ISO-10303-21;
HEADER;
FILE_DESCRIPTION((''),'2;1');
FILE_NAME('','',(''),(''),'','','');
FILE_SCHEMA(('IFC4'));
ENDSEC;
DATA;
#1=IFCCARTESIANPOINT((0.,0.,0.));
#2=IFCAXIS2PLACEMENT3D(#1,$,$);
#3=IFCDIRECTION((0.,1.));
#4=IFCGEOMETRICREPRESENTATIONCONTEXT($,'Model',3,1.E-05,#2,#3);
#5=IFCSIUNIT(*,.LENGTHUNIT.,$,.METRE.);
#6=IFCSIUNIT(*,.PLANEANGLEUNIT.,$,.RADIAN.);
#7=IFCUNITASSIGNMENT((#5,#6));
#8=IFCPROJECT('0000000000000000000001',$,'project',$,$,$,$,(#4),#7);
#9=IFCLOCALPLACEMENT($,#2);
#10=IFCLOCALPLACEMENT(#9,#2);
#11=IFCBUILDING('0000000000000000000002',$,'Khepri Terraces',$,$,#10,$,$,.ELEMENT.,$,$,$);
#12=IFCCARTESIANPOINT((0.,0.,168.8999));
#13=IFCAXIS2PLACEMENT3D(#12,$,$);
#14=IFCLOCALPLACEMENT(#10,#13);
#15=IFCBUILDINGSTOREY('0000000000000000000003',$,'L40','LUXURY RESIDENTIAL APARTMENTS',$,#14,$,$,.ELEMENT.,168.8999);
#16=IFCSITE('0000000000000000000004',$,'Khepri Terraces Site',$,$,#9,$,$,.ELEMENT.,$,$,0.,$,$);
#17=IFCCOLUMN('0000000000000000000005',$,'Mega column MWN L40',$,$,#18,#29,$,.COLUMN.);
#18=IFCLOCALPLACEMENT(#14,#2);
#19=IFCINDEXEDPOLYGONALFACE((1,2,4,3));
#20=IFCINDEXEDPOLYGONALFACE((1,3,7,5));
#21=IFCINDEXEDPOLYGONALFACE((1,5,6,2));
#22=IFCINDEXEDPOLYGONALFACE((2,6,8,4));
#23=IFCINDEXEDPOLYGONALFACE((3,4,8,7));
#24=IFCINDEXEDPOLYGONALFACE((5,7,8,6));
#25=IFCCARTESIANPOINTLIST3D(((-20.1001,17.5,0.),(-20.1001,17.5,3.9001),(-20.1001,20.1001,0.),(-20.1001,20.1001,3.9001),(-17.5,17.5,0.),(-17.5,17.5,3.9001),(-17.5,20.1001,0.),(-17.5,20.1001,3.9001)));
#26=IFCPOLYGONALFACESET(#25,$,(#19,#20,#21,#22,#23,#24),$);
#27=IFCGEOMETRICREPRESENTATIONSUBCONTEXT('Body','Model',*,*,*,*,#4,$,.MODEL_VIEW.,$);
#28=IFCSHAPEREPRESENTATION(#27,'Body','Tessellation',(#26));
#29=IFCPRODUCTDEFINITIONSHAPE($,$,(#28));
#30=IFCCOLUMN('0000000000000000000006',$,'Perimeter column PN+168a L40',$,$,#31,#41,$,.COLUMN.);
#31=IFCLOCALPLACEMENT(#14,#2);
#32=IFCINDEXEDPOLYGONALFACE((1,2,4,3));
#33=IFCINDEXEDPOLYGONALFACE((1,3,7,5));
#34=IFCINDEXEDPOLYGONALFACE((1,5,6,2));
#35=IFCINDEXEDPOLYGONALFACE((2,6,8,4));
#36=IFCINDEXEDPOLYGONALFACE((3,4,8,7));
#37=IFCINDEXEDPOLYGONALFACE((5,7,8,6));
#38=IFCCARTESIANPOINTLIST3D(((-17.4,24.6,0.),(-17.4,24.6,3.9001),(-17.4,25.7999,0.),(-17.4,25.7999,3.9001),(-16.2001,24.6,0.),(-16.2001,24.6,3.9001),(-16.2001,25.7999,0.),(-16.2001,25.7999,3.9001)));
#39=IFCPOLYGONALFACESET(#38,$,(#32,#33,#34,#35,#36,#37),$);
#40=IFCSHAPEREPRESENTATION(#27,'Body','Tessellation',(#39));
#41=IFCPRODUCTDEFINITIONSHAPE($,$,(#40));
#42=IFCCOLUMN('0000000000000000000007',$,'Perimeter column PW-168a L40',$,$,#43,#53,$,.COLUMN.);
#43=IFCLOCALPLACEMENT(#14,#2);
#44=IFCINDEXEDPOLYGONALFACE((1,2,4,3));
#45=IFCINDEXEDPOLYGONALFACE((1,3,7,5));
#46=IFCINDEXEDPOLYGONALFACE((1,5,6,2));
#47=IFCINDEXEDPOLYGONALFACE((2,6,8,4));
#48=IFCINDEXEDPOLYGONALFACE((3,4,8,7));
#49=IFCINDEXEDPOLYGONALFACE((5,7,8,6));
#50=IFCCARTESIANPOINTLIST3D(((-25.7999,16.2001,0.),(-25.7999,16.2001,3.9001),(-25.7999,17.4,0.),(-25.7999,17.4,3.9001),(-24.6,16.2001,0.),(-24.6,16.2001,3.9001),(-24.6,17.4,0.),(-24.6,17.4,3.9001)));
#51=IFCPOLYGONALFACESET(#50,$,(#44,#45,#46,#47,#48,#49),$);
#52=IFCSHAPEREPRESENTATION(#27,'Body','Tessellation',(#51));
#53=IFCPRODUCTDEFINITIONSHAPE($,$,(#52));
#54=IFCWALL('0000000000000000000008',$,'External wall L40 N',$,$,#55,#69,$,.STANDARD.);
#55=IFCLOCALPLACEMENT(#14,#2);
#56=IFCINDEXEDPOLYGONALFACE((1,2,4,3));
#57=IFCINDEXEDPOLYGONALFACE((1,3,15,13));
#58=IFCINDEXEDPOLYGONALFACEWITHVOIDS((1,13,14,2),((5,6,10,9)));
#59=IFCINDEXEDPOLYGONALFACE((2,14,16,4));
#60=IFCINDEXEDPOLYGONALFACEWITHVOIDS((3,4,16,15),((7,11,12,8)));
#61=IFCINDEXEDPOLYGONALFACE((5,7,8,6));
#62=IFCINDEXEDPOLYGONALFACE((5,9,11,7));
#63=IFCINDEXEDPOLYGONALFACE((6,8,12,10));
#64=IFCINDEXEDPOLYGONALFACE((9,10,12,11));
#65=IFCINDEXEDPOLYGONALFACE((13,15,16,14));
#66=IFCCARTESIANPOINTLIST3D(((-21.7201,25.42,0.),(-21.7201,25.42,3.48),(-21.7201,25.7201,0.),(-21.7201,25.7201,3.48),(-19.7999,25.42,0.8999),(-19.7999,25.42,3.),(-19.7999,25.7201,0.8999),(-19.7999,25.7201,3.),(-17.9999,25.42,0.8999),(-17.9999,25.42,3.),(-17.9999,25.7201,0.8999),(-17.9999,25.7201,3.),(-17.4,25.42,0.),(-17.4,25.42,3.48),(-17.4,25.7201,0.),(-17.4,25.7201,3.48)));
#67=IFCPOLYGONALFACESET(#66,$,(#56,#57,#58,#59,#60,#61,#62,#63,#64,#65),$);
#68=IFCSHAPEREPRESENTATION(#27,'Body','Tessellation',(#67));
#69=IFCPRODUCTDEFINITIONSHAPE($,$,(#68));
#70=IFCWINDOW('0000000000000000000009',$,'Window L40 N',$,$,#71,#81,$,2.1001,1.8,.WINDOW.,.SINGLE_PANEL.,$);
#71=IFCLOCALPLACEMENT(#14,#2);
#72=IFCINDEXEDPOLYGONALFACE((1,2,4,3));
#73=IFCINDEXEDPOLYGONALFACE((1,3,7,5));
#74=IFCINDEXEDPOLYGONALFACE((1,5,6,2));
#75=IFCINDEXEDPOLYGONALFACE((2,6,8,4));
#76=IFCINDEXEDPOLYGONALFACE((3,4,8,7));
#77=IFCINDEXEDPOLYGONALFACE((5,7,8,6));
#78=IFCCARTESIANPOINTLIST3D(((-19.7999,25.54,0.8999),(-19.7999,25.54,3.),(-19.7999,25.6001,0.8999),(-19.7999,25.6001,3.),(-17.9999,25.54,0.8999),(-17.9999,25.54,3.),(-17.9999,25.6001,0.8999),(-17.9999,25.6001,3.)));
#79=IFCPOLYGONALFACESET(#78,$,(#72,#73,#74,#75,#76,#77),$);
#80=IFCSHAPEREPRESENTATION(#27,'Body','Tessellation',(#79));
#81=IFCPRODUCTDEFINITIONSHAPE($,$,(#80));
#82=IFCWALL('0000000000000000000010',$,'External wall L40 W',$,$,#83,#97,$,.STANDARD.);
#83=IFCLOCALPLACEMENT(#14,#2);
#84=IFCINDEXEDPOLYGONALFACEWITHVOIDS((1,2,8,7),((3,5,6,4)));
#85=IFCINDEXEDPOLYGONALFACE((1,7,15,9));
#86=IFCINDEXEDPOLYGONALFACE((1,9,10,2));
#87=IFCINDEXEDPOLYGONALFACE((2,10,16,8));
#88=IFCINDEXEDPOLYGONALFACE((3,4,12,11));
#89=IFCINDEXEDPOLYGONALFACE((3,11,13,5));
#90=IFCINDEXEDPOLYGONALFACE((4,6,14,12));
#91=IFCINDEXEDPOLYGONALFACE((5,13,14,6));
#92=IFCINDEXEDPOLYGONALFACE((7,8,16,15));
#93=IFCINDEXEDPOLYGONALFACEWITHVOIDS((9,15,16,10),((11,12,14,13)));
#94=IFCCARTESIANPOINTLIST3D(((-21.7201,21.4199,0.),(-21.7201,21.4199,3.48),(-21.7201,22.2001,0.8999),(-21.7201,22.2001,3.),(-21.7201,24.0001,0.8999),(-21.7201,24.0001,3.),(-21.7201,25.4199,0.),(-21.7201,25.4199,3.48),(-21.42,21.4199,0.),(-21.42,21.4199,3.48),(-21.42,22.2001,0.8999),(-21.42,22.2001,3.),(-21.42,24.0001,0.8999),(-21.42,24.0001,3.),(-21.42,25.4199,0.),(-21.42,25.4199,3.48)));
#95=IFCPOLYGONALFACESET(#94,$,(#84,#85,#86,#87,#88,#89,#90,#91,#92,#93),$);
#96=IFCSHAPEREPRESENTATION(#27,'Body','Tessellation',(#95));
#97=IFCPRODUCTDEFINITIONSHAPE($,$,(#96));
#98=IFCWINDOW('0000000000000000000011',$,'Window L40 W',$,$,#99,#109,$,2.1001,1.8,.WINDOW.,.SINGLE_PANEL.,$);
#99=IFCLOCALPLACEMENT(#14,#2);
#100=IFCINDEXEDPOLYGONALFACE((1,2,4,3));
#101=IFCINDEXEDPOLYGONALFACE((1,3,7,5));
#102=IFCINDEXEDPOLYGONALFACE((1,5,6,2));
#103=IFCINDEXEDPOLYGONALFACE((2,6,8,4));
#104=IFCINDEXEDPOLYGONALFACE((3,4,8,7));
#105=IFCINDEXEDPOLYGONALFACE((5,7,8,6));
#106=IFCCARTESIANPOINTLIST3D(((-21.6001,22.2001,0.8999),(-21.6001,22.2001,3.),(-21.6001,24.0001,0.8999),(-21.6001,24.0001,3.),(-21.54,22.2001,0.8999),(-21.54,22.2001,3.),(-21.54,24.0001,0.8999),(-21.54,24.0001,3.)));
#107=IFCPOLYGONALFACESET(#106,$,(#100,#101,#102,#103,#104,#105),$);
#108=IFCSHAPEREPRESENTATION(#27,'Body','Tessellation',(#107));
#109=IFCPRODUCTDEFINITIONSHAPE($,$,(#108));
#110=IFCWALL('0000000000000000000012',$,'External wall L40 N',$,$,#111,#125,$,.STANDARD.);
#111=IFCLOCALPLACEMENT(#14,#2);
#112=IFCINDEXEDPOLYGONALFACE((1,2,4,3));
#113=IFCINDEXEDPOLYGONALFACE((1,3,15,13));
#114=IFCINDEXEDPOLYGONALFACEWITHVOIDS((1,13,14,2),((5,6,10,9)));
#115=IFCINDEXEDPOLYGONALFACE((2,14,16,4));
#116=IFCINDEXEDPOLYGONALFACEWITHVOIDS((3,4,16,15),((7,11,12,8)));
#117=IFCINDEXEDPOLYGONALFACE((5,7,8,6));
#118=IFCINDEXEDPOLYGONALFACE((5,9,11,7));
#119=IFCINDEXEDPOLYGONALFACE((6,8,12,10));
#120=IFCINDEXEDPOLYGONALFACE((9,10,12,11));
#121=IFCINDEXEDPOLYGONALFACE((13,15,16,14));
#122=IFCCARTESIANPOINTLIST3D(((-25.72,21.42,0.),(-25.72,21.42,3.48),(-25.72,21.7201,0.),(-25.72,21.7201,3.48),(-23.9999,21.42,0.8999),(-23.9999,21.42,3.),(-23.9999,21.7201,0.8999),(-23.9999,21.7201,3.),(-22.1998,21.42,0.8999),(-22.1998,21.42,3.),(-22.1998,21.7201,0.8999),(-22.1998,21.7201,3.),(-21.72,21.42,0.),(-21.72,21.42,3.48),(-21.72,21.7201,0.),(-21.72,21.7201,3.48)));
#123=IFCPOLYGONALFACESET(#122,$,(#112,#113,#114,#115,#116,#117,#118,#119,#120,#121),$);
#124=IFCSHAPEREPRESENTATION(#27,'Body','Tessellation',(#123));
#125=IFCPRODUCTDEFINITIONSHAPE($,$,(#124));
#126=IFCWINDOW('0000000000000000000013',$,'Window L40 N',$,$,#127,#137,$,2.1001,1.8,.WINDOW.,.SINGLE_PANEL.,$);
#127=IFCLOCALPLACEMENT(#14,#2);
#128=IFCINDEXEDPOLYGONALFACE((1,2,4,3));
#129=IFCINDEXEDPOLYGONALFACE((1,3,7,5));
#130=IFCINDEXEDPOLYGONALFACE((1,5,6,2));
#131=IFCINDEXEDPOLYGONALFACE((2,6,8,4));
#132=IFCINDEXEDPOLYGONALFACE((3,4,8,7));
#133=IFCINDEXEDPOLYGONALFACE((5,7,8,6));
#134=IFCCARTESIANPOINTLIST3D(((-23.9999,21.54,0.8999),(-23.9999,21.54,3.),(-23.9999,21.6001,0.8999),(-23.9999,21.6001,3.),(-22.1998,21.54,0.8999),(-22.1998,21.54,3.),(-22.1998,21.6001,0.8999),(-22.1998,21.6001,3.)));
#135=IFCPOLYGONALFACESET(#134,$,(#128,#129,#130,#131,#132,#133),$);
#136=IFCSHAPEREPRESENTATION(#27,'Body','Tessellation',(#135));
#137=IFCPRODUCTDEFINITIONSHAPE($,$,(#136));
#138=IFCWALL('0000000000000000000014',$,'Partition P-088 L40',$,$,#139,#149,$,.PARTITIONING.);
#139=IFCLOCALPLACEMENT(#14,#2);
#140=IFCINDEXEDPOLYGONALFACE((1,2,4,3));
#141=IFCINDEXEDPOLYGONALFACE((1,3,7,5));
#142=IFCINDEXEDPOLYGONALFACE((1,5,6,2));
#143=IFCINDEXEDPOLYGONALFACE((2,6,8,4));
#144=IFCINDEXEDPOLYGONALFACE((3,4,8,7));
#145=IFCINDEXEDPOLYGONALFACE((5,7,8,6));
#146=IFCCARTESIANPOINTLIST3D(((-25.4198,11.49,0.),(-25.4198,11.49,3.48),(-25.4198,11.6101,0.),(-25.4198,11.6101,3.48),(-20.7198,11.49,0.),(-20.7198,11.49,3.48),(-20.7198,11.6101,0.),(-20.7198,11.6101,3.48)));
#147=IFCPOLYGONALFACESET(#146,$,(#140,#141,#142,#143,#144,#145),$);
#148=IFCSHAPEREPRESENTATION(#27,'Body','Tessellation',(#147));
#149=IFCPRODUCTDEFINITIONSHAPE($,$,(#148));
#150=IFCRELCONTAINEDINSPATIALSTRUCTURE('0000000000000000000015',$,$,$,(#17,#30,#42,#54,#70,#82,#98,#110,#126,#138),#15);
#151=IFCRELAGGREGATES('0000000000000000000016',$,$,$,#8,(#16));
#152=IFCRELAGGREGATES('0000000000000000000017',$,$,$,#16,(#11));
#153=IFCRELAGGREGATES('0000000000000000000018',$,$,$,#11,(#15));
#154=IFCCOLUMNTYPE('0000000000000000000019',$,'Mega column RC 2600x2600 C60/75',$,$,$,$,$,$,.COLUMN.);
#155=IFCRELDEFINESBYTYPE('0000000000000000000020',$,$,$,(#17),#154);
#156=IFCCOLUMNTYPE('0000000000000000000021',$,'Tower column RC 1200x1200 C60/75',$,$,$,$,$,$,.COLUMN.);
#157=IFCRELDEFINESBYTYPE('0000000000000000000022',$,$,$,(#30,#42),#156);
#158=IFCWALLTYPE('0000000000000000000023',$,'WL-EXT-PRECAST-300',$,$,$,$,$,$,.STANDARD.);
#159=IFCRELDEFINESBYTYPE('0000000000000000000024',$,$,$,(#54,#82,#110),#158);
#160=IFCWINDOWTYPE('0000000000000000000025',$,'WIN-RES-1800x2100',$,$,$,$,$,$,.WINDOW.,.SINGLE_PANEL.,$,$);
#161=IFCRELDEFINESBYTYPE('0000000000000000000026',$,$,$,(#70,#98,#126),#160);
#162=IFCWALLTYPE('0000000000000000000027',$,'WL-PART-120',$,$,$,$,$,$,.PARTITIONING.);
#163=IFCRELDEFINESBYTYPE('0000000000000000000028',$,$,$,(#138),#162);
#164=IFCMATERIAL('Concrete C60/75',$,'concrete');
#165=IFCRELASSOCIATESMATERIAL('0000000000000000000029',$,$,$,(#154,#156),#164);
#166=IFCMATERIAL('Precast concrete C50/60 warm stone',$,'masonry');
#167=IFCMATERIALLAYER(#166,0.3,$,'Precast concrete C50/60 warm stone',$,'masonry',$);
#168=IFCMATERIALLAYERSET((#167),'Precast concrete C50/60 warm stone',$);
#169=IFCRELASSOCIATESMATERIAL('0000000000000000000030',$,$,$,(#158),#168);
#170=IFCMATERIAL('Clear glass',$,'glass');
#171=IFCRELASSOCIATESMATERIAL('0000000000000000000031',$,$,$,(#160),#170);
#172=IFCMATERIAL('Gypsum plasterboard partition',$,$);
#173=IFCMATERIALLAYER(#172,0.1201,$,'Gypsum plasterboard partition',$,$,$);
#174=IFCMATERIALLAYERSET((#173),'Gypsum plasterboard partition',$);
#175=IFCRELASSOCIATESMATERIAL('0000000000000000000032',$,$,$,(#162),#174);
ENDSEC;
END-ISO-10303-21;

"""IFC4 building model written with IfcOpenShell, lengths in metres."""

from ifc_helpers import new_model, si_unit, direction, frame, frame_2d, origin, origin_2d, place, context, subcontext, project, spatial, rectangle, extrude, material, layer, layer_set, material_profile, profile_set, type_object, element, fill, save


model = new_model("IFC4")

# Units and contexts
model_context = context("Model", 3, precision=1e-05, world=origin(), true_north=direction((0.0, 1.0)))
body_context = subcontext(model_context, "Body", "Model", "MODEL_VIEW")
ifc_project = project(units=[si_unit("LENGTHUNIT", "METRE"), si_unit("PLANEANGLEUNIT", "RADIAN")], contexts=[model_context])

# Site, building, storey
site_placement = place(None, origin())
site = spatial("IfcSite", under=ifc_project, at=site_placement, Name="Khepri Terraces Site", CompositionType="ELEMENT", RefElevation=0.0)
building_placement = place(site_placement, origin())
building = spatial("IfcBuilding", under=site, at=building_placement, Name="Khepri Terraces", CompositionType="ELEMENT")
storey_placement = place(building_placement, frame((0.0, 0.0, 168.8999)))
storey = spatial("IfcBuildingStorey", under=building, at=storey_placement, Name="L40", Description="LUXURY RESIDENTIAL APARTMENTS", CompositionType="ELEMENT", Elevation=168.8999)

# Columns
ifc_material_1 = material(Name="Concrete C60/75", Category="concrete")
ifc_material_profile_1 = material_profile(ifc_material_1, rectangle(XDim=2.6001, YDim=2.6001, at=origin_2d()), Name="Concrete C60/75", Category="concrete")
ifc_profile_set_1 = profile_set([ifc_material_profile_1], Name="Concrete C60/75")
column_type_1 = type_object("IfcColumnType", Name="Mega column RC 2600x2600 C60/75", PredefinedType="COLUMN", material=ifc_profile_set_1)
column_placement = place(storey_placement, frame((-18.8, 18.8, 0.0), z_axis=(0.0, 0.0, 1.0), x_axis=(1.0, 0.0, 0.0)))
element("IfcColumn", 1, at=column_placement, inside=storey, type_object=column_type_1, Name="Mega column MWN L40", PredefinedType="COLUMN", context=body_context, shape_type="SweptSolid", body=[
    extrude(rectangle(XDim=2.6001, YDim=2.6001, at=origin_2d()), origin(), (0.0, 0.0, 1.0), 3.9001),
])
ifc_material_profile_2 = material_profile(ifc_material_1, rectangle(XDim=1.2, YDim=1.2, at=origin_2d()), Name="Concrete C60/75", Category="concrete")
ifc_profile_set_2 = profile_set([ifc_material_profile_2], Name="Concrete C60/75")
column_type_2 = type_object("IfcColumnType", Name="Tower column RC 1200x1200 C60/75", PredefinedType="COLUMN", material=ifc_profile_set_2)
for number, where, z_axis, x_axis, name in (
    (2, (-16.8, 25.2, 0.0), (0.0, 0.0, 1.0), (1.0, 0.0, 0.0), "Perimeter column PN+168a L40"),
    (3, (-25.2, 16.8, 0.0), (0.0, 0.0, 1.0), (1.0, 0.0, 0.0), "Perimeter column PW-168a L40"),
):
    element("IfcColumn", number, at=place(storey_placement, frame(where, z_axis=z_axis, x_axis=x_axis)), inside=storey, type_object=column_type_2, Name=name, PredefinedType="COLUMN", context=body_context, shape_type="SweptSolid", body=[
        extrude(rectangle(XDim=1.2, YDim=1.2, at=origin_2d()), origin(), (0.0, 0.0, 1.0), 3.9001),
    ])

# Walls, openings, windows
ifc_material_2 = material(Name="Precast concrete C50/60 warm stone", Category="masonry")
ifc_layer_1 = layer(ifc_material_2, 0.3, Name="Precast concrete C50/60 warm stone", Category="masonry")
ifc_layer_set_1 = layer_set([ifc_layer_1], Name="Precast concrete C50/60 warm stone")
wall_type_1 = type_object("IfcWallType", Name="WL-EXT-PRECAST-300", PredefinedType="STANDARD", material=ifc_layer_set_1)
wall_1_placement = place(storey_placement, frame((-17.3999, 25.5701, 0.0), z_axis=(0.0, 0.0, 1.0), x_axis=(-1.0, 0.0, 0.0)))
wall_1 = element("IfcWall", 4, at=wall_1_placement, inside=storey, type_object=wall_type_1, Name="External wall L40 N", PredefinedType="STANDARD", context=body_context, shape_type="SweptSolid", body=[
    extrude(rectangle(XDim=4.3201, YDim=0.3, at=frame_2d((2.1602, 0.0))), origin(), (0.0, 0.0, 1.0), 3.48),
])
opening_1_placement = place(wall_1_placement, frame((0.6001, 0.0, 0.8999)))
opening_1 = element("IfcOpeningElement", 5, at=opening_1_placement, cuts=wall_1, PredefinedType="OPENING", context=body_context, shape_type="SweptSolid", body=[
    extrude(rectangle(XDim=1.8, YDim=2.1001, at=frame_2d((0.8999, 1.05))), frame((0.0, 0.1602, 0.0), z_axis=(0.0, -1.0, 0.0), x_axis=(1.0, 0.0, 0.0)), (0.0, 0.0, 1.0), 0.3201),
])
ifc_material_3 = material(Name="Clear glass", Category="glass")
window_type = type_object("IfcWindowType", Name="WIN-RES-1800x2100", PartitioningType="SINGLE_PANEL", PredefinedType="WINDOW", material=ifc_material_3)
window_1_placement = place(opening_1_placement, origin())
window_1 = element("IfcWindow", 6, at=window_1_placement, inside=storey, type_object=window_type, Name="Window L40 N", OverallHeight=2.1001, OverallWidth=1.8, PartitioningType="SINGLE_PANEL", PredefinedType="WINDOW", context=body_context, shape_type="SweptSolid", body=[
    extrude(rectangle(XDim=1.8, YDim=2.1001, at=frame_2d((0.8999, 1.05))), frame((0.0, 0.03, 0.0), z_axis=(0.0, -1.0, 0.0), x_axis=(1.0, 0.0, 0.0)), (0.0, 0.0, 1.0), 0.0601),
])
fill(opening_1, window_1)
wall_2_placement = place(storey_placement, frame((-21.5701, 25.4199, 0.0), z_axis=(0.0, 0.0, 1.0), x_axis=(0.0, -1.0, 0.0)))
wall_2 = element("IfcWall", 7, at=wall_2_placement, inside=storey, type_object=wall_type_1, Name="External wall L40 W", PredefinedType="STANDARD", context=body_context, shape_type="SweptSolid", body=[
    extrude(rectangle(XDim=4.0, YDim=0.3, at=frame_2d((2.0, 0.0))), origin(), (0.0, 0.0, 1.0), 3.48),
])
opening_2_placement = place(wall_2_placement, frame((1.4199, 0.0, 0.8999)))
opening_2 = element("IfcOpeningElement", 8, at=opening_2_placement, cuts=wall_2, PredefinedType="OPENING", context=body_context, shape_type="SweptSolid", body=[
    extrude(rectangle(XDim=1.8, YDim=2.1001, at=frame_2d((0.8999, 1.05))), frame((0.0, 0.1602, 0.0), z_axis=(0.0, -1.0, 0.0), x_axis=(1.0, 0.0, 0.0)), (0.0, 0.0, 1.0), 0.3201),
])
window_2_placement = place(opening_2_placement, origin())
window_2 = element("IfcWindow", 9, at=window_2_placement, inside=storey, type_object=window_type, Name="Window L40 W", OverallHeight=2.1001, OverallWidth=1.8, PartitioningType="SINGLE_PANEL", PredefinedType="WINDOW", context=body_context, shape_type="SweptSolid", body=[
    extrude(rectangle(XDim=1.8, YDim=2.1001, at=frame_2d((0.8999, 1.05))), frame((0.0, 0.03, 0.0), z_axis=(0.0, -1.0, 0.0), x_axis=(1.0, 0.0, 0.0)), (0.0, 0.0, 1.0), 0.0601),
])
fill(opening_2, window_2)
wall_3_placement = place(storey_placement, frame((-21.72, 21.5701, 0.0), z_axis=(0.0, 0.0, 1.0), x_axis=(-1.0, 0.0, 0.0)))
wall_3 = element("IfcWall", 10, at=wall_3_placement, inside=storey, type_object=wall_type_1, Name="External wall L40 N", PredefinedType="STANDARD", context=body_context, shape_type="SweptSolid", body=[
    extrude(rectangle(XDim=4.0, YDim=0.3, at=frame_2d((2.0, 0.0))), origin(), (0.0, 0.0, 1.0), 3.48),
])
opening_3_placement = place(wall_3_placement, frame((0.48, 0.0, 0.8999)))
opening_3 = element("IfcOpeningElement", 11, at=opening_3_placement, cuts=wall_3, PredefinedType="OPENING", context=body_context, shape_type="SweptSolid", body=[
    extrude(rectangle(XDim=1.8, YDim=2.1001, at=frame_2d((0.8999, 1.05))), frame((0.0, 0.1602, 0.0), z_axis=(0.0, -1.0, 0.0), x_axis=(1.0, 0.0, 0.0)), (0.0, 0.0, 1.0), 0.3201),
])
window_3_placement = place(opening_3_placement, origin())
window_3 = element("IfcWindow", 12, at=window_3_placement, inside=storey, type_object=window_type, Name="Window L40 N", OverallHeight=2.1001, OverallWidth=1.8, PartitioningType="SINGLE_PANEL", PredefinedType="WINDOW", context=body_context, shape_type="SweptSolid", body=[
    extrude(rectangle(XDim=1.8, YDim=2.1001, at=frame_2d((0.8999, 1.05))), frame((0.0, 0.03, 0.0), z_axis=(0.0, -1.0, 0.0), x_axis=(1.0, 0.0, 0.0)), (0.0, 0.0, 1.0), 0.0601),
])
fill(opening_3, window_3)

# Wall
ifc_material_4 = material(Name="Gypsum plasterboard partition")
ifc_layer_2 = layer(ifc_material_4, 0.1201, Name="Gypsum plasterboard partition")
ifc_layer_set_2 = layer_set([ifc_layer_2], Name="Gypsum plasterboard partition")
wall_type_2 = type_object("IfcWallType", Name="WL-PART-120", PredefinedType="PARTITIONING", material=ifc_layer_set_2)
wall_4_placement = place(storey_placement, frame((-25.4199, 11.55, 0.0), z_axis=(0.0, 0.0, 1.0), x_axis=(1.0, 0.0, 0.0)))
element("IfcWall", 13, at=wall_4_placement, inside=storey, type_object=wall_type_2, Name="Partition P-088 L40", PredefinedType="PARTITIONING", context=body_context, shape_type="SweptSolid", body=[
    extrude(rectangle(XDim=4.7, YDim=0.1201, at=frame_2d((2.3501, 0.0))), origin(), (0.0, 0.0, 1.0), 3.48),
])

save(model, "model.ifc")
